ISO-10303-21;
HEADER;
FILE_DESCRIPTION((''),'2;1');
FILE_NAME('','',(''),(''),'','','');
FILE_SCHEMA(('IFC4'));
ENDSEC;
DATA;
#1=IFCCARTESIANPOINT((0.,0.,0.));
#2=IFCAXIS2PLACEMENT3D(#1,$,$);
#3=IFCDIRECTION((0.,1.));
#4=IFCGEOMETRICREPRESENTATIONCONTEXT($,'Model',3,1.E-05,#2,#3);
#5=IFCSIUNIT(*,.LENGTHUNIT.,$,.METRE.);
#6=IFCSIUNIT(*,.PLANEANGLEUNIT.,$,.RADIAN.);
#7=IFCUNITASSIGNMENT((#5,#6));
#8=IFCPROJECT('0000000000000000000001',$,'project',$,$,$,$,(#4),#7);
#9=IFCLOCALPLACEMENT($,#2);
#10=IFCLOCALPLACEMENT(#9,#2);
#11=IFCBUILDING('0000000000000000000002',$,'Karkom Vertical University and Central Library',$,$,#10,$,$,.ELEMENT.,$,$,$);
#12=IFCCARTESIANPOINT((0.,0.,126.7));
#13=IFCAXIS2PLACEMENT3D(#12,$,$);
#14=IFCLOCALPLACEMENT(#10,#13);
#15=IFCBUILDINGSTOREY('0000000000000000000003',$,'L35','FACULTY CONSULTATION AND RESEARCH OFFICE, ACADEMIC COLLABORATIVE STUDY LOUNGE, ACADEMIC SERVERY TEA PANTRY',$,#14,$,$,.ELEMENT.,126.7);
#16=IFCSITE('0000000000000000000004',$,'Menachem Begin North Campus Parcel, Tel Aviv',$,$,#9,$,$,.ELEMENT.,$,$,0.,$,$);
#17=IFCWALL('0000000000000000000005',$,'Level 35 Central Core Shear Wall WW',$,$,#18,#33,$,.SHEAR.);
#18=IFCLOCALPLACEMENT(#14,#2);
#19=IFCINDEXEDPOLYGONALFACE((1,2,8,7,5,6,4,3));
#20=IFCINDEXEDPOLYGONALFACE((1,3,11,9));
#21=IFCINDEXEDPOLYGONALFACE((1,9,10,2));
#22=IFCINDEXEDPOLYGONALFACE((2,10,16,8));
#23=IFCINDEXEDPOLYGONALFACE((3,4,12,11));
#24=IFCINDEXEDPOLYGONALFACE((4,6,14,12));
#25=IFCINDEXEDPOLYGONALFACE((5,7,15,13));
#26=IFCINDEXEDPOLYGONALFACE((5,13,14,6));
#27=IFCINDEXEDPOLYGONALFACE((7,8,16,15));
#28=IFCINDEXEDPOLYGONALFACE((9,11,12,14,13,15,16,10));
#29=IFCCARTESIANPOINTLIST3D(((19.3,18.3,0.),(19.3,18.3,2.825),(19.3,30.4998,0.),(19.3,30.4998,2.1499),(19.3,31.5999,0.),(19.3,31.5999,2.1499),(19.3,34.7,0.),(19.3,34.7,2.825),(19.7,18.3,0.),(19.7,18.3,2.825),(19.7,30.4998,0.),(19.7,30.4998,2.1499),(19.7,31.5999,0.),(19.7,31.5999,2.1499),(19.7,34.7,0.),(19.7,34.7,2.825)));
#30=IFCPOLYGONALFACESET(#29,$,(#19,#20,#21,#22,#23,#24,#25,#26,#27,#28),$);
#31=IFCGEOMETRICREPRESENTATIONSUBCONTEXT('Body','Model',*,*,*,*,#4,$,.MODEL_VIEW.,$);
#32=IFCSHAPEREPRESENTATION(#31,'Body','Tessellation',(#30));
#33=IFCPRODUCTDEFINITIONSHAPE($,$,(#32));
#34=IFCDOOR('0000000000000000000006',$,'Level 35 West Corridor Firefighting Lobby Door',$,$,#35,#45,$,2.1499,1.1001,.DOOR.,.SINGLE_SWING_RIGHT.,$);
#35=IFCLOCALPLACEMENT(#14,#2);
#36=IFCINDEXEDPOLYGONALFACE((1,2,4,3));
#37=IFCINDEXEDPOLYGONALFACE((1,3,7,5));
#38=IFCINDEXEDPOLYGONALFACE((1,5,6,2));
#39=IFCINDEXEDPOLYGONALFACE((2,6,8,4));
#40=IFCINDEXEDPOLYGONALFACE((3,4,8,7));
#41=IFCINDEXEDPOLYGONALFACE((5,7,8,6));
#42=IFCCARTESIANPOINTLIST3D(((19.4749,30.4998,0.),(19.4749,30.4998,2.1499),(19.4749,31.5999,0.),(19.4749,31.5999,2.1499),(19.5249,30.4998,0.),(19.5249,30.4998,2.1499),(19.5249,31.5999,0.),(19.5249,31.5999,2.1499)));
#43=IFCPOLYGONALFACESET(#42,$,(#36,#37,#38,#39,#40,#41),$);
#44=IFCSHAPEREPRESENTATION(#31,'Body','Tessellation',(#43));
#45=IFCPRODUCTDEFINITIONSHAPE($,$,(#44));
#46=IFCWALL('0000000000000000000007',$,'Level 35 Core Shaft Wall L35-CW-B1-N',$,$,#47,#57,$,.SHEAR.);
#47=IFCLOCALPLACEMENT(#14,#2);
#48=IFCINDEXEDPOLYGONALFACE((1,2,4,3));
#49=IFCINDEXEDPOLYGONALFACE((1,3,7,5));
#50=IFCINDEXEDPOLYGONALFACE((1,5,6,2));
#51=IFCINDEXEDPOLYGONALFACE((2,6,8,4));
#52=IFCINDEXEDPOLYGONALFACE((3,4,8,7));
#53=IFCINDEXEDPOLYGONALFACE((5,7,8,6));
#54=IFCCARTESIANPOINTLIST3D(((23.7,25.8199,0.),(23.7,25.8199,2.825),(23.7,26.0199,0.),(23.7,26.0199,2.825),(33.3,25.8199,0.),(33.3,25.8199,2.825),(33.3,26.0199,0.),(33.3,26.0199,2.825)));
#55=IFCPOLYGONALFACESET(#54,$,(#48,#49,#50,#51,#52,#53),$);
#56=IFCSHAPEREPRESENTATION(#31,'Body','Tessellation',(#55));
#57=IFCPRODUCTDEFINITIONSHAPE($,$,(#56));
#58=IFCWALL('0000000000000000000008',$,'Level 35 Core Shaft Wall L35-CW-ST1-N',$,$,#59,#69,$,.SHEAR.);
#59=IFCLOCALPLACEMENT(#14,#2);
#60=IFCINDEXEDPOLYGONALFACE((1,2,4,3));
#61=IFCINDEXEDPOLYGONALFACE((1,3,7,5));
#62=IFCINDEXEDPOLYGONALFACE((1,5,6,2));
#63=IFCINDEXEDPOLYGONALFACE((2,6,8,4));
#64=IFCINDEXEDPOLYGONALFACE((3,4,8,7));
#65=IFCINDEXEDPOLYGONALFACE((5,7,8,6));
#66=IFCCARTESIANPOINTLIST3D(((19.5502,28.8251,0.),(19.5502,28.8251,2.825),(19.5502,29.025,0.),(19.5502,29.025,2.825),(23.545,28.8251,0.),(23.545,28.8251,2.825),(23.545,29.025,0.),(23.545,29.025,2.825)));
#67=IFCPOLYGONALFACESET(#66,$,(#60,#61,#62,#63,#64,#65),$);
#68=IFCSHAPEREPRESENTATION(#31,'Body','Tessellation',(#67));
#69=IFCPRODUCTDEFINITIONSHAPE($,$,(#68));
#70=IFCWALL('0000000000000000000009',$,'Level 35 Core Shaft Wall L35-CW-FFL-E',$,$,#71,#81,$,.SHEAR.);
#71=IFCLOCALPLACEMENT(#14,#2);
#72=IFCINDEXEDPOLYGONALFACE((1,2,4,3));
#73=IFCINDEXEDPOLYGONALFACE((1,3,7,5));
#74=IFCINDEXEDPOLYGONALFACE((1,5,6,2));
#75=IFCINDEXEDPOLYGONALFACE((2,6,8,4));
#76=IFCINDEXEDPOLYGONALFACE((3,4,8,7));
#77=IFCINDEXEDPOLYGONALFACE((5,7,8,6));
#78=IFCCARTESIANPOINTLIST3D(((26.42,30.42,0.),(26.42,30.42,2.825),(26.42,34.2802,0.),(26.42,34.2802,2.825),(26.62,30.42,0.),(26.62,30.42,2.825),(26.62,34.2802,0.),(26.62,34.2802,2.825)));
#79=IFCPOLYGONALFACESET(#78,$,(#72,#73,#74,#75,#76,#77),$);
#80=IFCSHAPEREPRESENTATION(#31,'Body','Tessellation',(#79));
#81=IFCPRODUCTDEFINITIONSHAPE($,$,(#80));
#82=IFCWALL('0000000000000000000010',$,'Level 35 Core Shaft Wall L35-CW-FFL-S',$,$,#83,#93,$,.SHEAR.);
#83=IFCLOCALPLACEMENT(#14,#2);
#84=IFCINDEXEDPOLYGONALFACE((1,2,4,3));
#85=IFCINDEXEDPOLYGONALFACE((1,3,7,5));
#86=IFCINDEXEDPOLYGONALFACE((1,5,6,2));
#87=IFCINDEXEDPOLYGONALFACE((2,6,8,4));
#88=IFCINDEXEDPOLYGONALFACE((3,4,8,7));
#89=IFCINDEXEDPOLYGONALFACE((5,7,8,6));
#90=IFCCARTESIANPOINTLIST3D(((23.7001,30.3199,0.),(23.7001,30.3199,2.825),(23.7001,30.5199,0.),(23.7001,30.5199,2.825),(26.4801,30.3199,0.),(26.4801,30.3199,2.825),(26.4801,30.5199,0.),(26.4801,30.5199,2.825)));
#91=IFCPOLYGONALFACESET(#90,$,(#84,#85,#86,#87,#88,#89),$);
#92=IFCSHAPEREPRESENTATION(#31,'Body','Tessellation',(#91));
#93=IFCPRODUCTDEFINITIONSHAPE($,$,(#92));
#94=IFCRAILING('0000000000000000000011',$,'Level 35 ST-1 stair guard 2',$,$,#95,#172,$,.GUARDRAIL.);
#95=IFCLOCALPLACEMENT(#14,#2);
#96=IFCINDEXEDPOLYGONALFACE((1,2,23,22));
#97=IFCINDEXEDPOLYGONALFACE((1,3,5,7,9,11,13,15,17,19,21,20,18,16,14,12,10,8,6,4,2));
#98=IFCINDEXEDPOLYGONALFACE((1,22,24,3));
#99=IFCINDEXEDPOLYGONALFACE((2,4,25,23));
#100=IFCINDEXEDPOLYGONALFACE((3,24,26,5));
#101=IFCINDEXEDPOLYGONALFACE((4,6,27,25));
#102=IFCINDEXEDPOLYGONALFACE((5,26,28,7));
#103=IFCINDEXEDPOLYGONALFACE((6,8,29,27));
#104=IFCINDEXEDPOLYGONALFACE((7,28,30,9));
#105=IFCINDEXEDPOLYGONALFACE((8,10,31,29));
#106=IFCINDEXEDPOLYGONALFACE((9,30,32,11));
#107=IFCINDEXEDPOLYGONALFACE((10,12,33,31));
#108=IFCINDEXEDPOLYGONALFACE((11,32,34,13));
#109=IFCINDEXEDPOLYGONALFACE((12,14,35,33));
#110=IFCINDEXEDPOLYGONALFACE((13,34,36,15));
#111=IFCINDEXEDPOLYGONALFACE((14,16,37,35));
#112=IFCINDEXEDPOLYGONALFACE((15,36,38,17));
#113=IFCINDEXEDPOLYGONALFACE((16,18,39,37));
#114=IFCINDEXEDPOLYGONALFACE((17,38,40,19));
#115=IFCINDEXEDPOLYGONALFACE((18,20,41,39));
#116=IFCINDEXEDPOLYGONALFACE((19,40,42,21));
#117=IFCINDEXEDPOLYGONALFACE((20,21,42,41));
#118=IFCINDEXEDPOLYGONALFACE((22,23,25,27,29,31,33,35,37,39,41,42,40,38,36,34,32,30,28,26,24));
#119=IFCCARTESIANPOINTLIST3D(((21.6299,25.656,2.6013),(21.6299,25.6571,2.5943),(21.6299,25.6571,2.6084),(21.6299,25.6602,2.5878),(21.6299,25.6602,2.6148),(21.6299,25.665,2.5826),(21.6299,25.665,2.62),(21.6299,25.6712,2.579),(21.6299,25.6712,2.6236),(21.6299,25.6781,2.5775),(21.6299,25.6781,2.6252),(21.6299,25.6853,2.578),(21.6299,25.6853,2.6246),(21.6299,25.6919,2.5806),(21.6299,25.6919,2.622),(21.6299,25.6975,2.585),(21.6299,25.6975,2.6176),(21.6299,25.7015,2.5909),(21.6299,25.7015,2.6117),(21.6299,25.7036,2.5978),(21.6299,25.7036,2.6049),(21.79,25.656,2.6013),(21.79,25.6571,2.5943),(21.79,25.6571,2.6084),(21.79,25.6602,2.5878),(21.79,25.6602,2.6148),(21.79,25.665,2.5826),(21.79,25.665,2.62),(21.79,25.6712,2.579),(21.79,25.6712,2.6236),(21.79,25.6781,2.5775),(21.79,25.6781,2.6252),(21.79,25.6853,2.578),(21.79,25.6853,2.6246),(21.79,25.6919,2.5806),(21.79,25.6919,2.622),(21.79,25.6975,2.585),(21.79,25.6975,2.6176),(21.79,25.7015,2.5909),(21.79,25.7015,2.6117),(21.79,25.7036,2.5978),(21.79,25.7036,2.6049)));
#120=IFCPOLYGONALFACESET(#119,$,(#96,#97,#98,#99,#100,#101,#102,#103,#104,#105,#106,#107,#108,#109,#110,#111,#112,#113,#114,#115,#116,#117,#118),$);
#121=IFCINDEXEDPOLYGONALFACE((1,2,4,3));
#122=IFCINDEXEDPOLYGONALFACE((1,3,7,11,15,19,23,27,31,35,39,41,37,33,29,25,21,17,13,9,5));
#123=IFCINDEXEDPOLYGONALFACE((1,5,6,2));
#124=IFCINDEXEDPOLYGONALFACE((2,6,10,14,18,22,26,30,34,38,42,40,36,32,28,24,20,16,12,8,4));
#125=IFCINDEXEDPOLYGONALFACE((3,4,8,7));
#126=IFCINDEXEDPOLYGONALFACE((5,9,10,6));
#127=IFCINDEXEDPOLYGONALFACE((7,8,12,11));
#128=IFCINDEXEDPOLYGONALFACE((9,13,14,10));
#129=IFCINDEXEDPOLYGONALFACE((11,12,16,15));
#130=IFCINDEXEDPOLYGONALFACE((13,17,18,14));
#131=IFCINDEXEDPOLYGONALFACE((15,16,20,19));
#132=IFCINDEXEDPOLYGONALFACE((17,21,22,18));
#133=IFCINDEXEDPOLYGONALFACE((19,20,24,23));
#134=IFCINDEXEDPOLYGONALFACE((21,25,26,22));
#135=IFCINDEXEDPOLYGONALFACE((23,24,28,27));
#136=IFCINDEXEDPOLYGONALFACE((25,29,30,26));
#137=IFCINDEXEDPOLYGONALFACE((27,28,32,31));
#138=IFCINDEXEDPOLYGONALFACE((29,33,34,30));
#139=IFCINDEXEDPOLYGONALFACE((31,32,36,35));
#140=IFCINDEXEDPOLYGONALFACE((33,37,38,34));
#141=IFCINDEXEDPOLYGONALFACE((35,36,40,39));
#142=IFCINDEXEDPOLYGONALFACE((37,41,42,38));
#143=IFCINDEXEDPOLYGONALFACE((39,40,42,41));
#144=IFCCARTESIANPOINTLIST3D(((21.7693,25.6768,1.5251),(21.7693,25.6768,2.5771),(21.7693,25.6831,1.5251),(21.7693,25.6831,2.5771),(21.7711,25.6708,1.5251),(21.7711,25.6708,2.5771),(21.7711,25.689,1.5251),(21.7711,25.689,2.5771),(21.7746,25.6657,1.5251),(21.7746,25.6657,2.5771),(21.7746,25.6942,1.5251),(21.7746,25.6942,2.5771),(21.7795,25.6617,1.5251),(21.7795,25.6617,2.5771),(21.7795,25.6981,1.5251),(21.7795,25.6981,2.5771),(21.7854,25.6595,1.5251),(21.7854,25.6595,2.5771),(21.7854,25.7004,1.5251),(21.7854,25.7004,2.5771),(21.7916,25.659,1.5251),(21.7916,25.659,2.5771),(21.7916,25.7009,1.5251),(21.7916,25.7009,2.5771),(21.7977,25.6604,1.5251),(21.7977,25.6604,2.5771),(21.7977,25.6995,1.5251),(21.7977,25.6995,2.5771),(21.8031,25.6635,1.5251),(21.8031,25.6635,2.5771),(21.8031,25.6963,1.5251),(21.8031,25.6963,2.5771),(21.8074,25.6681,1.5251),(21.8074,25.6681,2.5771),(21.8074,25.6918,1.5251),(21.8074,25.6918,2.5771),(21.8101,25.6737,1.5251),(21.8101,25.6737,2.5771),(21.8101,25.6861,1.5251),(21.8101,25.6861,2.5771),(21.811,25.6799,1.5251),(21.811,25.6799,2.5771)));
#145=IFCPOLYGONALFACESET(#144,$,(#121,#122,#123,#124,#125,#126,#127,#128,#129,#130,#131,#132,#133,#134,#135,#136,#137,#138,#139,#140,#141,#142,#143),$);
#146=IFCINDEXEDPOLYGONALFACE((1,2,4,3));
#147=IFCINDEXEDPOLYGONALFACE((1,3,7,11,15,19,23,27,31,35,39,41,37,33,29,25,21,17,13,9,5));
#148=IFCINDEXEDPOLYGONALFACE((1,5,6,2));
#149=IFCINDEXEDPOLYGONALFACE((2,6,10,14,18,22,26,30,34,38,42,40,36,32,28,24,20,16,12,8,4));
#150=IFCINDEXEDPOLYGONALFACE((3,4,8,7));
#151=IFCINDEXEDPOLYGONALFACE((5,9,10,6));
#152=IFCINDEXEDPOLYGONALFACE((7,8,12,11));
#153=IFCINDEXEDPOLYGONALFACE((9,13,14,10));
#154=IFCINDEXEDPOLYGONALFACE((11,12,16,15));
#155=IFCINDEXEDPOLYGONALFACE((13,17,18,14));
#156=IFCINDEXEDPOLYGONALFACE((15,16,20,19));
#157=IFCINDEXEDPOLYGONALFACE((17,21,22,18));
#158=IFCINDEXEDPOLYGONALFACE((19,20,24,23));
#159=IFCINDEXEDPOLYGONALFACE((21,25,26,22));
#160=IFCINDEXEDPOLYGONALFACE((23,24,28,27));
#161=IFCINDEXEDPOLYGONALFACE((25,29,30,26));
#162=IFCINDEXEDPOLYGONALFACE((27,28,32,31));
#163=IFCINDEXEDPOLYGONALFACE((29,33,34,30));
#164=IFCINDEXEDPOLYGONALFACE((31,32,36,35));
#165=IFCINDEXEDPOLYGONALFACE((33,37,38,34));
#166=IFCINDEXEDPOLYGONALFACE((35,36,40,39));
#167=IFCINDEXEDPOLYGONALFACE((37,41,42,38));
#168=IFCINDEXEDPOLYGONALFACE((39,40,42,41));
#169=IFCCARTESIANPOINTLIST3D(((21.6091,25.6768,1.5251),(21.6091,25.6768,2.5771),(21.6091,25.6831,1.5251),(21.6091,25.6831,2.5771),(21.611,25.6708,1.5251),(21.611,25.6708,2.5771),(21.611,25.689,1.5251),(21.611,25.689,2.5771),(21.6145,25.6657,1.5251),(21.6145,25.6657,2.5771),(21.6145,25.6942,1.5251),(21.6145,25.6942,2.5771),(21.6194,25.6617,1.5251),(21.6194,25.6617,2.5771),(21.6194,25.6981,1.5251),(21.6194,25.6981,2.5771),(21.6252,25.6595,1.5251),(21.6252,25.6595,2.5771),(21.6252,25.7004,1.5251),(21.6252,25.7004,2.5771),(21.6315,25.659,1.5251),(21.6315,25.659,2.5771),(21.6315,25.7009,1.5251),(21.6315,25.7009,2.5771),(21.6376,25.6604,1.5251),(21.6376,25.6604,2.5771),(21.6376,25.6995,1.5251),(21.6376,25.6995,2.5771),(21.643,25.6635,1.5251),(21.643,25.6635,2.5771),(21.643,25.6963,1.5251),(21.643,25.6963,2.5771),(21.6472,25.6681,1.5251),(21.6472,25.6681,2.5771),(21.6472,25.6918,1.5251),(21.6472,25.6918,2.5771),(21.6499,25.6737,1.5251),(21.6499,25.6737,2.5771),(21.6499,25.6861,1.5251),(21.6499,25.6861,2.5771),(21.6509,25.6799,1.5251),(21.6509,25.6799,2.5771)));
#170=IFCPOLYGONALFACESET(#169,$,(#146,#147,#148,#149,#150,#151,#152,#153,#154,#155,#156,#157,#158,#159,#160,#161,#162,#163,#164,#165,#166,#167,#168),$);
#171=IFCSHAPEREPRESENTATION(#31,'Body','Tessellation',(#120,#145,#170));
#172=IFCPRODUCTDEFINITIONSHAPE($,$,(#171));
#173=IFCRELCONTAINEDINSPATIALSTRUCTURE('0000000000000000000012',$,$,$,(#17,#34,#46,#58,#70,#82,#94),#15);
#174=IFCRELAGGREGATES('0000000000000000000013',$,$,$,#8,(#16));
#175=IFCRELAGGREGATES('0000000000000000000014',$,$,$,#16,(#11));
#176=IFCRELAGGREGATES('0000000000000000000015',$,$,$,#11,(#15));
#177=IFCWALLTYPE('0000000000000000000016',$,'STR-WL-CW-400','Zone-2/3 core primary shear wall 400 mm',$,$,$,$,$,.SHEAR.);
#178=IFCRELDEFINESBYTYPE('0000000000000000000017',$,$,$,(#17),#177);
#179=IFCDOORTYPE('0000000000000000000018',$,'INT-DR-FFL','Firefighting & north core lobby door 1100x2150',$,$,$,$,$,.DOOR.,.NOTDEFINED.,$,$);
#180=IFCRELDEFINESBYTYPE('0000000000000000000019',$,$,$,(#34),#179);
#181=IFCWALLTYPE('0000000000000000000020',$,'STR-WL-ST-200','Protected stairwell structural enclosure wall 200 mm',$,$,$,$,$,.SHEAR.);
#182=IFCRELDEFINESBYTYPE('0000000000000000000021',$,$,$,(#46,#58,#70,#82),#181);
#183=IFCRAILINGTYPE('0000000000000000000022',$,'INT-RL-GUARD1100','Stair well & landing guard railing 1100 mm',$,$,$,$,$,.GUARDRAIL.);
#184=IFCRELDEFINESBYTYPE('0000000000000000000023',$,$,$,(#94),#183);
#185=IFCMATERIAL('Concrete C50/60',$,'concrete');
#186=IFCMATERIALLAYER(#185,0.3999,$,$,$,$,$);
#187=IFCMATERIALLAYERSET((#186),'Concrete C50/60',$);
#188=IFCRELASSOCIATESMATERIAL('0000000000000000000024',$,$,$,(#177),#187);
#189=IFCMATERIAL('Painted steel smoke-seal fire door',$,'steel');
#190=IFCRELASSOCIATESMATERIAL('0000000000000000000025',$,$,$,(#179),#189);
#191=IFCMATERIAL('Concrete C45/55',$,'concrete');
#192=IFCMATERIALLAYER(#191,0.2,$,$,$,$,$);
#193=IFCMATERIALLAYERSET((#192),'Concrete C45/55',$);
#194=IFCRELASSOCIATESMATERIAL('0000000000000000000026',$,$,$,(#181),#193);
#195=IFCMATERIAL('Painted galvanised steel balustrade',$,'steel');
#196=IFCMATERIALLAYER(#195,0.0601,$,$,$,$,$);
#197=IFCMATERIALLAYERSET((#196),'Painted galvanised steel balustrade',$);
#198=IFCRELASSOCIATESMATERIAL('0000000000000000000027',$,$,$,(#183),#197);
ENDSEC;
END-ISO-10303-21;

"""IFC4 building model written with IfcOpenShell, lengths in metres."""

from ifc_helpers import new_model, si_unit, direction, frame, frame_2d, origin, origin_with_axes, origin_2d, place, context, subcontext, project, spatial, rectangle, circle, extrude, source, transform, mapped, material, layer, layer_set, type_object, element, fill, save


model = new_model("IFC4")

# Units and contexts
model_context = context("Model", 3, precision=1e-05, world=origin(), true_north=direction((0.0, 1.0)))
body_context = subcontext(model_context, "Body", "Model", "MODEL_VIEW")
ifc_project = project(units=[si_unit("LENGTHUNIT", "METRE"), si_unit("PLANEANGLEUNIT", "RADIAN")], contexts=[model_context])

# Site, building, storey
site_placement = place(None, origin())
site = spatial("IfcSite", under=ifc_project, at=site_placement, Name="Menachem Begin North Campus Parcel, Tel Aviv", CompositionType="ELEMENT", RefElevation=0.0)
building_placement = place(site_placement, origin())
building = spatial("IfcBuilding", under=site, at=building_placement, Name="Karkom Vertical University and Central Library", CompositionType="ELEMENT")
storey_placement = place(building_placement, frame((0.0, 0.0, 126.7)))
storey = spatial("IfcBuildingStorey", under=building, at=storey_placement, Name="L35", Description="FACULTY CONSULTATION AND RESEARCH OFFICE, ACADEMIC COLLABORATIVE STUDY LOUNGE, ACADEMIC SERVERY TEA PANTRY", CompositionType="ELEMENT", Elevation=126.7)

# Shared definitions
ifc_material_1 = material(Name="Concrete C50/60", Category="concrete")

# Wall, opening, door
ifc_layer_1 = layer(ifc_material_1, 0.3999)
ifc_layer_set_1 = layer_set([ifc_layer_1], Name="Concrete C50/60")
wall_type_1 = type_object("IfcWallType", Name="STR-WL-CW-400", Description="Zone-2/3 core primary shear wall 400 mm", PredefinedType="SHEAR", material=ifc_layer_set_1)
ifc_material_2 = material(Name="Painted steel smoke-seal fire door", Category="steel")
door_type_1 = type_object("IfcDoorType", Name="INT-DR-FFL", Description="Firefighting & north core lobby door 1100x2150", OperationType="NOTDEFINED", PredefinedType="DOOR", material=ifc_material_2)
shared_shape_1 = source(origin_with_axes(), body_context, "Body", "SweptSolid", [
    extrude(rectangle(XDim=1.1001, YDim=2.1499, at=frame_2d((0.55, 1.075))), frame((0.0, 0.0249, 0.0), z_axis=(0.0, -1.0, 0.0), x_axis=(1.0, 0.0, 0.0)), (0.0, 0.0, 1.0), 0.05),
])
wall_1_placement = place(storey_placement, frame((19.5, 34.7, 0.0), z_axis=(0.0, 0.0, 1.0), x_axis=(0.0, -1.0, 0.0)))
wall_1 = element("IfcWall", 1, at=wall_1_placement, inside=storey, type_object=wall_type_1, Name="Level 35 Central Core Shear Wall WW", PredefinedType="SHEAR", context=body_context, shape_type="SweptSolid", body=[
    extrude(rectangle(XDim=16.3999, YDim=0.3999, at=frame_2d((8.2, 0.0))), origin(), (0.0, 0.0, 1.0), 2.825),
])
opening_1_placement = place(wall_1_placement, frame((3.1001, 0.0, 0.0)))
opening_1 = element("IfcOpeningElement", 2, at=opening_1_placement, cuts=wall_1, PredefinedType="OPENING", context=body_context, shape_type="SweptSolid", body=[
    extrude(rectangle(XDim=1.1001, YDim=2.1499, at=frame_2d((0.55, 1.075))), frame((0.0, 0.21, 0.0), z_axis=(0.0, -1.0, 0.0), x_axis=(1.0, 0.0, 0.0)), (0.0, 0.0, 1.0), 0.4199),
])
door_1_placement = place(opening_1_placement, origin())
door_1 = element("IfcDoor", 3, at=door_1_placement, inside=storey, type_object=door_type_1, Name="Level 35 West Corridor Firefighting Lobby Door", OperationType="SINGLE_SWING_RIGHT", OverallHeight=2.1499, OverallWidth=1.1001, PredefinedType="DOOR", context=body_context, shape_type="MappedRepresentation", body=[
    mapped(shared_shape_1, transform((0.0, 0.0, 0.0), scale=1.0)),
])
fill(opening_1, door_1)

# Wall
ifc_material_3 = material(Name="Concrete C45/55", Category="concrete")
ifc_layer_2 = layer(ifc_material_3, 0.2)
ifc_layer_set_2 = layer_set([ifc_layer_2], Name="Concrete C45/55")
wall_type_2 = type_object("IfcWallType", Name="STR-WL-ST-200", Description="Protected stairwell structural enclosure wall 200 mm", PredefinedType="SHEAR", material=ifc_layer_set_2)
wall_2_placement = place(storey_placement, frame((23.7, 25.9199, 0.0), z_axis=(0.0, 0.0, 1.0), x_axis=(1.0, 0.0, 0.0)))
element("IfcWall", 4, at=wall_2_placement, inside=storey, type_object=wall_type_2, Name="Level 35 Core Shaft Wall L35-CW-B1-N", PredefinedType="SHEAR", context=body_context, shape_type="SweptSolid", body=[
    extrude(rectangle(XDim=9.6001, YDim=0.2, at=frame_2d((4.8, 0.0))), origin(), (0.0, 0.0, 1.0), 2.825),
])

# Walls
wall_3_placement = place(storey_placement, frame((19.55, 28.925, 0.0), z_axis=(0.0, 0.0, 1.0), x_axis=(1.0, 0.0, 0.0)))
element("IfcWall", 5, at=wall_3_placement, inside=storey, type_object=wall_type_2, Name="Level 35 Core Shaft Wall L35-CW-ST1-N", PredefinedType="SHEAR", context=body_context, shape_type="SweptSolid", body=[
    extrude(rectangle(XDim=3.9949, YDim=0.2, at=frame_2d((1.9976, 0.0))), origin(), (0.0, 0.0, 1.0), 2.825),
])
wall_4_placement = place(storey_placement, frame((26.52, 30.4199, 0.0), z_axis=(0.0, 0.0, 1.0), x_axis=(0.0, 1.0, 0.0)))
element("IfcWall", 6, at=wall_4_placement, inside=storey, type_object=wall_type_2, Name="Level 35 Core Shaft Wall L35-CW-FFL-E", PredefinedType="SHEAR", context=body_context, shape_type="SweptSolid", body=[
    extrude(rectangle(XDim=3.8601, YDim=0.2, at=frame_2d((1.9302, 0.0))), origin(), (0.0, 0.0, 1.0), 2.825),
])
wall_5_placement = place(storey_placement, frame((23.7, 30.4199, 0.0), z_axis=(0.0, 0.0, 1.0), x_axis=(1.0, 0.0, 0.0)))
element("IfcWall", 7, at=wall_5_placement, inside=storey, type_object=wall_type_2, Name="Level 35 Core Shaft Wall L35-CW-FFL-S", PredefinedType="SHEAR", context=body_context, shape_type="SweptSolid", body=[
    extrude(rectangle(XDim=2.78, YDim=0.2, at=frame_2d((1.3901, 0.0))), origin(), (0.0, 0.0, 1.0), 2.825),
])

# Railing
ifc_material_4 = material(Name="Painted galvanised steel balustrade", Category="steel")
ifc_layer_3 = layer(ifc_material_4, 0.0601)
ifc_layer_set_3 = layer_set([ifc_layer_3], Name="Painted galvanised steel balustrade")
railing_type = type_object("IfcRailingType", Name="INT-RL-GUARD1100", Description="Stair well & landing guard railing 1100 mm", PredefinedType="GUARDRAIL", material=ifc_layer_set_3)
railing_placement = place(storey_placement, frame((21.79, 25.6799, 1.5251)))
element("IfcRailing", 8, at=railing_placement, inside=storey, type_object=railing_type, Name="Level 35 ST-1 stair guard 2", PredefinedType="GUARDRAIL", context=body_context, shape_type="SweptSolid", body=[
    extrude(circle(Radius=0.0239, at=origin_2d()), frame((0.0, 0.0, 1.0762), z_axis=(-1.0, 0.0, 0.0), x_axis=(0.0, -1.0, 0.0)), (0.0, 0.0, 1.0), 0.1602),
    extrude(circle(Radius=0.021, at=origin_2d()), origin(), (0.0, 0.0, 1.0), 1.052),
    extrude(circle(Radius=0.021, at=origin_2d()), frame((-0.1602, 0.0, 0.0)), (0.0, 0.0, 1.0), 1.052),
])

save(model, "model.ifc")
